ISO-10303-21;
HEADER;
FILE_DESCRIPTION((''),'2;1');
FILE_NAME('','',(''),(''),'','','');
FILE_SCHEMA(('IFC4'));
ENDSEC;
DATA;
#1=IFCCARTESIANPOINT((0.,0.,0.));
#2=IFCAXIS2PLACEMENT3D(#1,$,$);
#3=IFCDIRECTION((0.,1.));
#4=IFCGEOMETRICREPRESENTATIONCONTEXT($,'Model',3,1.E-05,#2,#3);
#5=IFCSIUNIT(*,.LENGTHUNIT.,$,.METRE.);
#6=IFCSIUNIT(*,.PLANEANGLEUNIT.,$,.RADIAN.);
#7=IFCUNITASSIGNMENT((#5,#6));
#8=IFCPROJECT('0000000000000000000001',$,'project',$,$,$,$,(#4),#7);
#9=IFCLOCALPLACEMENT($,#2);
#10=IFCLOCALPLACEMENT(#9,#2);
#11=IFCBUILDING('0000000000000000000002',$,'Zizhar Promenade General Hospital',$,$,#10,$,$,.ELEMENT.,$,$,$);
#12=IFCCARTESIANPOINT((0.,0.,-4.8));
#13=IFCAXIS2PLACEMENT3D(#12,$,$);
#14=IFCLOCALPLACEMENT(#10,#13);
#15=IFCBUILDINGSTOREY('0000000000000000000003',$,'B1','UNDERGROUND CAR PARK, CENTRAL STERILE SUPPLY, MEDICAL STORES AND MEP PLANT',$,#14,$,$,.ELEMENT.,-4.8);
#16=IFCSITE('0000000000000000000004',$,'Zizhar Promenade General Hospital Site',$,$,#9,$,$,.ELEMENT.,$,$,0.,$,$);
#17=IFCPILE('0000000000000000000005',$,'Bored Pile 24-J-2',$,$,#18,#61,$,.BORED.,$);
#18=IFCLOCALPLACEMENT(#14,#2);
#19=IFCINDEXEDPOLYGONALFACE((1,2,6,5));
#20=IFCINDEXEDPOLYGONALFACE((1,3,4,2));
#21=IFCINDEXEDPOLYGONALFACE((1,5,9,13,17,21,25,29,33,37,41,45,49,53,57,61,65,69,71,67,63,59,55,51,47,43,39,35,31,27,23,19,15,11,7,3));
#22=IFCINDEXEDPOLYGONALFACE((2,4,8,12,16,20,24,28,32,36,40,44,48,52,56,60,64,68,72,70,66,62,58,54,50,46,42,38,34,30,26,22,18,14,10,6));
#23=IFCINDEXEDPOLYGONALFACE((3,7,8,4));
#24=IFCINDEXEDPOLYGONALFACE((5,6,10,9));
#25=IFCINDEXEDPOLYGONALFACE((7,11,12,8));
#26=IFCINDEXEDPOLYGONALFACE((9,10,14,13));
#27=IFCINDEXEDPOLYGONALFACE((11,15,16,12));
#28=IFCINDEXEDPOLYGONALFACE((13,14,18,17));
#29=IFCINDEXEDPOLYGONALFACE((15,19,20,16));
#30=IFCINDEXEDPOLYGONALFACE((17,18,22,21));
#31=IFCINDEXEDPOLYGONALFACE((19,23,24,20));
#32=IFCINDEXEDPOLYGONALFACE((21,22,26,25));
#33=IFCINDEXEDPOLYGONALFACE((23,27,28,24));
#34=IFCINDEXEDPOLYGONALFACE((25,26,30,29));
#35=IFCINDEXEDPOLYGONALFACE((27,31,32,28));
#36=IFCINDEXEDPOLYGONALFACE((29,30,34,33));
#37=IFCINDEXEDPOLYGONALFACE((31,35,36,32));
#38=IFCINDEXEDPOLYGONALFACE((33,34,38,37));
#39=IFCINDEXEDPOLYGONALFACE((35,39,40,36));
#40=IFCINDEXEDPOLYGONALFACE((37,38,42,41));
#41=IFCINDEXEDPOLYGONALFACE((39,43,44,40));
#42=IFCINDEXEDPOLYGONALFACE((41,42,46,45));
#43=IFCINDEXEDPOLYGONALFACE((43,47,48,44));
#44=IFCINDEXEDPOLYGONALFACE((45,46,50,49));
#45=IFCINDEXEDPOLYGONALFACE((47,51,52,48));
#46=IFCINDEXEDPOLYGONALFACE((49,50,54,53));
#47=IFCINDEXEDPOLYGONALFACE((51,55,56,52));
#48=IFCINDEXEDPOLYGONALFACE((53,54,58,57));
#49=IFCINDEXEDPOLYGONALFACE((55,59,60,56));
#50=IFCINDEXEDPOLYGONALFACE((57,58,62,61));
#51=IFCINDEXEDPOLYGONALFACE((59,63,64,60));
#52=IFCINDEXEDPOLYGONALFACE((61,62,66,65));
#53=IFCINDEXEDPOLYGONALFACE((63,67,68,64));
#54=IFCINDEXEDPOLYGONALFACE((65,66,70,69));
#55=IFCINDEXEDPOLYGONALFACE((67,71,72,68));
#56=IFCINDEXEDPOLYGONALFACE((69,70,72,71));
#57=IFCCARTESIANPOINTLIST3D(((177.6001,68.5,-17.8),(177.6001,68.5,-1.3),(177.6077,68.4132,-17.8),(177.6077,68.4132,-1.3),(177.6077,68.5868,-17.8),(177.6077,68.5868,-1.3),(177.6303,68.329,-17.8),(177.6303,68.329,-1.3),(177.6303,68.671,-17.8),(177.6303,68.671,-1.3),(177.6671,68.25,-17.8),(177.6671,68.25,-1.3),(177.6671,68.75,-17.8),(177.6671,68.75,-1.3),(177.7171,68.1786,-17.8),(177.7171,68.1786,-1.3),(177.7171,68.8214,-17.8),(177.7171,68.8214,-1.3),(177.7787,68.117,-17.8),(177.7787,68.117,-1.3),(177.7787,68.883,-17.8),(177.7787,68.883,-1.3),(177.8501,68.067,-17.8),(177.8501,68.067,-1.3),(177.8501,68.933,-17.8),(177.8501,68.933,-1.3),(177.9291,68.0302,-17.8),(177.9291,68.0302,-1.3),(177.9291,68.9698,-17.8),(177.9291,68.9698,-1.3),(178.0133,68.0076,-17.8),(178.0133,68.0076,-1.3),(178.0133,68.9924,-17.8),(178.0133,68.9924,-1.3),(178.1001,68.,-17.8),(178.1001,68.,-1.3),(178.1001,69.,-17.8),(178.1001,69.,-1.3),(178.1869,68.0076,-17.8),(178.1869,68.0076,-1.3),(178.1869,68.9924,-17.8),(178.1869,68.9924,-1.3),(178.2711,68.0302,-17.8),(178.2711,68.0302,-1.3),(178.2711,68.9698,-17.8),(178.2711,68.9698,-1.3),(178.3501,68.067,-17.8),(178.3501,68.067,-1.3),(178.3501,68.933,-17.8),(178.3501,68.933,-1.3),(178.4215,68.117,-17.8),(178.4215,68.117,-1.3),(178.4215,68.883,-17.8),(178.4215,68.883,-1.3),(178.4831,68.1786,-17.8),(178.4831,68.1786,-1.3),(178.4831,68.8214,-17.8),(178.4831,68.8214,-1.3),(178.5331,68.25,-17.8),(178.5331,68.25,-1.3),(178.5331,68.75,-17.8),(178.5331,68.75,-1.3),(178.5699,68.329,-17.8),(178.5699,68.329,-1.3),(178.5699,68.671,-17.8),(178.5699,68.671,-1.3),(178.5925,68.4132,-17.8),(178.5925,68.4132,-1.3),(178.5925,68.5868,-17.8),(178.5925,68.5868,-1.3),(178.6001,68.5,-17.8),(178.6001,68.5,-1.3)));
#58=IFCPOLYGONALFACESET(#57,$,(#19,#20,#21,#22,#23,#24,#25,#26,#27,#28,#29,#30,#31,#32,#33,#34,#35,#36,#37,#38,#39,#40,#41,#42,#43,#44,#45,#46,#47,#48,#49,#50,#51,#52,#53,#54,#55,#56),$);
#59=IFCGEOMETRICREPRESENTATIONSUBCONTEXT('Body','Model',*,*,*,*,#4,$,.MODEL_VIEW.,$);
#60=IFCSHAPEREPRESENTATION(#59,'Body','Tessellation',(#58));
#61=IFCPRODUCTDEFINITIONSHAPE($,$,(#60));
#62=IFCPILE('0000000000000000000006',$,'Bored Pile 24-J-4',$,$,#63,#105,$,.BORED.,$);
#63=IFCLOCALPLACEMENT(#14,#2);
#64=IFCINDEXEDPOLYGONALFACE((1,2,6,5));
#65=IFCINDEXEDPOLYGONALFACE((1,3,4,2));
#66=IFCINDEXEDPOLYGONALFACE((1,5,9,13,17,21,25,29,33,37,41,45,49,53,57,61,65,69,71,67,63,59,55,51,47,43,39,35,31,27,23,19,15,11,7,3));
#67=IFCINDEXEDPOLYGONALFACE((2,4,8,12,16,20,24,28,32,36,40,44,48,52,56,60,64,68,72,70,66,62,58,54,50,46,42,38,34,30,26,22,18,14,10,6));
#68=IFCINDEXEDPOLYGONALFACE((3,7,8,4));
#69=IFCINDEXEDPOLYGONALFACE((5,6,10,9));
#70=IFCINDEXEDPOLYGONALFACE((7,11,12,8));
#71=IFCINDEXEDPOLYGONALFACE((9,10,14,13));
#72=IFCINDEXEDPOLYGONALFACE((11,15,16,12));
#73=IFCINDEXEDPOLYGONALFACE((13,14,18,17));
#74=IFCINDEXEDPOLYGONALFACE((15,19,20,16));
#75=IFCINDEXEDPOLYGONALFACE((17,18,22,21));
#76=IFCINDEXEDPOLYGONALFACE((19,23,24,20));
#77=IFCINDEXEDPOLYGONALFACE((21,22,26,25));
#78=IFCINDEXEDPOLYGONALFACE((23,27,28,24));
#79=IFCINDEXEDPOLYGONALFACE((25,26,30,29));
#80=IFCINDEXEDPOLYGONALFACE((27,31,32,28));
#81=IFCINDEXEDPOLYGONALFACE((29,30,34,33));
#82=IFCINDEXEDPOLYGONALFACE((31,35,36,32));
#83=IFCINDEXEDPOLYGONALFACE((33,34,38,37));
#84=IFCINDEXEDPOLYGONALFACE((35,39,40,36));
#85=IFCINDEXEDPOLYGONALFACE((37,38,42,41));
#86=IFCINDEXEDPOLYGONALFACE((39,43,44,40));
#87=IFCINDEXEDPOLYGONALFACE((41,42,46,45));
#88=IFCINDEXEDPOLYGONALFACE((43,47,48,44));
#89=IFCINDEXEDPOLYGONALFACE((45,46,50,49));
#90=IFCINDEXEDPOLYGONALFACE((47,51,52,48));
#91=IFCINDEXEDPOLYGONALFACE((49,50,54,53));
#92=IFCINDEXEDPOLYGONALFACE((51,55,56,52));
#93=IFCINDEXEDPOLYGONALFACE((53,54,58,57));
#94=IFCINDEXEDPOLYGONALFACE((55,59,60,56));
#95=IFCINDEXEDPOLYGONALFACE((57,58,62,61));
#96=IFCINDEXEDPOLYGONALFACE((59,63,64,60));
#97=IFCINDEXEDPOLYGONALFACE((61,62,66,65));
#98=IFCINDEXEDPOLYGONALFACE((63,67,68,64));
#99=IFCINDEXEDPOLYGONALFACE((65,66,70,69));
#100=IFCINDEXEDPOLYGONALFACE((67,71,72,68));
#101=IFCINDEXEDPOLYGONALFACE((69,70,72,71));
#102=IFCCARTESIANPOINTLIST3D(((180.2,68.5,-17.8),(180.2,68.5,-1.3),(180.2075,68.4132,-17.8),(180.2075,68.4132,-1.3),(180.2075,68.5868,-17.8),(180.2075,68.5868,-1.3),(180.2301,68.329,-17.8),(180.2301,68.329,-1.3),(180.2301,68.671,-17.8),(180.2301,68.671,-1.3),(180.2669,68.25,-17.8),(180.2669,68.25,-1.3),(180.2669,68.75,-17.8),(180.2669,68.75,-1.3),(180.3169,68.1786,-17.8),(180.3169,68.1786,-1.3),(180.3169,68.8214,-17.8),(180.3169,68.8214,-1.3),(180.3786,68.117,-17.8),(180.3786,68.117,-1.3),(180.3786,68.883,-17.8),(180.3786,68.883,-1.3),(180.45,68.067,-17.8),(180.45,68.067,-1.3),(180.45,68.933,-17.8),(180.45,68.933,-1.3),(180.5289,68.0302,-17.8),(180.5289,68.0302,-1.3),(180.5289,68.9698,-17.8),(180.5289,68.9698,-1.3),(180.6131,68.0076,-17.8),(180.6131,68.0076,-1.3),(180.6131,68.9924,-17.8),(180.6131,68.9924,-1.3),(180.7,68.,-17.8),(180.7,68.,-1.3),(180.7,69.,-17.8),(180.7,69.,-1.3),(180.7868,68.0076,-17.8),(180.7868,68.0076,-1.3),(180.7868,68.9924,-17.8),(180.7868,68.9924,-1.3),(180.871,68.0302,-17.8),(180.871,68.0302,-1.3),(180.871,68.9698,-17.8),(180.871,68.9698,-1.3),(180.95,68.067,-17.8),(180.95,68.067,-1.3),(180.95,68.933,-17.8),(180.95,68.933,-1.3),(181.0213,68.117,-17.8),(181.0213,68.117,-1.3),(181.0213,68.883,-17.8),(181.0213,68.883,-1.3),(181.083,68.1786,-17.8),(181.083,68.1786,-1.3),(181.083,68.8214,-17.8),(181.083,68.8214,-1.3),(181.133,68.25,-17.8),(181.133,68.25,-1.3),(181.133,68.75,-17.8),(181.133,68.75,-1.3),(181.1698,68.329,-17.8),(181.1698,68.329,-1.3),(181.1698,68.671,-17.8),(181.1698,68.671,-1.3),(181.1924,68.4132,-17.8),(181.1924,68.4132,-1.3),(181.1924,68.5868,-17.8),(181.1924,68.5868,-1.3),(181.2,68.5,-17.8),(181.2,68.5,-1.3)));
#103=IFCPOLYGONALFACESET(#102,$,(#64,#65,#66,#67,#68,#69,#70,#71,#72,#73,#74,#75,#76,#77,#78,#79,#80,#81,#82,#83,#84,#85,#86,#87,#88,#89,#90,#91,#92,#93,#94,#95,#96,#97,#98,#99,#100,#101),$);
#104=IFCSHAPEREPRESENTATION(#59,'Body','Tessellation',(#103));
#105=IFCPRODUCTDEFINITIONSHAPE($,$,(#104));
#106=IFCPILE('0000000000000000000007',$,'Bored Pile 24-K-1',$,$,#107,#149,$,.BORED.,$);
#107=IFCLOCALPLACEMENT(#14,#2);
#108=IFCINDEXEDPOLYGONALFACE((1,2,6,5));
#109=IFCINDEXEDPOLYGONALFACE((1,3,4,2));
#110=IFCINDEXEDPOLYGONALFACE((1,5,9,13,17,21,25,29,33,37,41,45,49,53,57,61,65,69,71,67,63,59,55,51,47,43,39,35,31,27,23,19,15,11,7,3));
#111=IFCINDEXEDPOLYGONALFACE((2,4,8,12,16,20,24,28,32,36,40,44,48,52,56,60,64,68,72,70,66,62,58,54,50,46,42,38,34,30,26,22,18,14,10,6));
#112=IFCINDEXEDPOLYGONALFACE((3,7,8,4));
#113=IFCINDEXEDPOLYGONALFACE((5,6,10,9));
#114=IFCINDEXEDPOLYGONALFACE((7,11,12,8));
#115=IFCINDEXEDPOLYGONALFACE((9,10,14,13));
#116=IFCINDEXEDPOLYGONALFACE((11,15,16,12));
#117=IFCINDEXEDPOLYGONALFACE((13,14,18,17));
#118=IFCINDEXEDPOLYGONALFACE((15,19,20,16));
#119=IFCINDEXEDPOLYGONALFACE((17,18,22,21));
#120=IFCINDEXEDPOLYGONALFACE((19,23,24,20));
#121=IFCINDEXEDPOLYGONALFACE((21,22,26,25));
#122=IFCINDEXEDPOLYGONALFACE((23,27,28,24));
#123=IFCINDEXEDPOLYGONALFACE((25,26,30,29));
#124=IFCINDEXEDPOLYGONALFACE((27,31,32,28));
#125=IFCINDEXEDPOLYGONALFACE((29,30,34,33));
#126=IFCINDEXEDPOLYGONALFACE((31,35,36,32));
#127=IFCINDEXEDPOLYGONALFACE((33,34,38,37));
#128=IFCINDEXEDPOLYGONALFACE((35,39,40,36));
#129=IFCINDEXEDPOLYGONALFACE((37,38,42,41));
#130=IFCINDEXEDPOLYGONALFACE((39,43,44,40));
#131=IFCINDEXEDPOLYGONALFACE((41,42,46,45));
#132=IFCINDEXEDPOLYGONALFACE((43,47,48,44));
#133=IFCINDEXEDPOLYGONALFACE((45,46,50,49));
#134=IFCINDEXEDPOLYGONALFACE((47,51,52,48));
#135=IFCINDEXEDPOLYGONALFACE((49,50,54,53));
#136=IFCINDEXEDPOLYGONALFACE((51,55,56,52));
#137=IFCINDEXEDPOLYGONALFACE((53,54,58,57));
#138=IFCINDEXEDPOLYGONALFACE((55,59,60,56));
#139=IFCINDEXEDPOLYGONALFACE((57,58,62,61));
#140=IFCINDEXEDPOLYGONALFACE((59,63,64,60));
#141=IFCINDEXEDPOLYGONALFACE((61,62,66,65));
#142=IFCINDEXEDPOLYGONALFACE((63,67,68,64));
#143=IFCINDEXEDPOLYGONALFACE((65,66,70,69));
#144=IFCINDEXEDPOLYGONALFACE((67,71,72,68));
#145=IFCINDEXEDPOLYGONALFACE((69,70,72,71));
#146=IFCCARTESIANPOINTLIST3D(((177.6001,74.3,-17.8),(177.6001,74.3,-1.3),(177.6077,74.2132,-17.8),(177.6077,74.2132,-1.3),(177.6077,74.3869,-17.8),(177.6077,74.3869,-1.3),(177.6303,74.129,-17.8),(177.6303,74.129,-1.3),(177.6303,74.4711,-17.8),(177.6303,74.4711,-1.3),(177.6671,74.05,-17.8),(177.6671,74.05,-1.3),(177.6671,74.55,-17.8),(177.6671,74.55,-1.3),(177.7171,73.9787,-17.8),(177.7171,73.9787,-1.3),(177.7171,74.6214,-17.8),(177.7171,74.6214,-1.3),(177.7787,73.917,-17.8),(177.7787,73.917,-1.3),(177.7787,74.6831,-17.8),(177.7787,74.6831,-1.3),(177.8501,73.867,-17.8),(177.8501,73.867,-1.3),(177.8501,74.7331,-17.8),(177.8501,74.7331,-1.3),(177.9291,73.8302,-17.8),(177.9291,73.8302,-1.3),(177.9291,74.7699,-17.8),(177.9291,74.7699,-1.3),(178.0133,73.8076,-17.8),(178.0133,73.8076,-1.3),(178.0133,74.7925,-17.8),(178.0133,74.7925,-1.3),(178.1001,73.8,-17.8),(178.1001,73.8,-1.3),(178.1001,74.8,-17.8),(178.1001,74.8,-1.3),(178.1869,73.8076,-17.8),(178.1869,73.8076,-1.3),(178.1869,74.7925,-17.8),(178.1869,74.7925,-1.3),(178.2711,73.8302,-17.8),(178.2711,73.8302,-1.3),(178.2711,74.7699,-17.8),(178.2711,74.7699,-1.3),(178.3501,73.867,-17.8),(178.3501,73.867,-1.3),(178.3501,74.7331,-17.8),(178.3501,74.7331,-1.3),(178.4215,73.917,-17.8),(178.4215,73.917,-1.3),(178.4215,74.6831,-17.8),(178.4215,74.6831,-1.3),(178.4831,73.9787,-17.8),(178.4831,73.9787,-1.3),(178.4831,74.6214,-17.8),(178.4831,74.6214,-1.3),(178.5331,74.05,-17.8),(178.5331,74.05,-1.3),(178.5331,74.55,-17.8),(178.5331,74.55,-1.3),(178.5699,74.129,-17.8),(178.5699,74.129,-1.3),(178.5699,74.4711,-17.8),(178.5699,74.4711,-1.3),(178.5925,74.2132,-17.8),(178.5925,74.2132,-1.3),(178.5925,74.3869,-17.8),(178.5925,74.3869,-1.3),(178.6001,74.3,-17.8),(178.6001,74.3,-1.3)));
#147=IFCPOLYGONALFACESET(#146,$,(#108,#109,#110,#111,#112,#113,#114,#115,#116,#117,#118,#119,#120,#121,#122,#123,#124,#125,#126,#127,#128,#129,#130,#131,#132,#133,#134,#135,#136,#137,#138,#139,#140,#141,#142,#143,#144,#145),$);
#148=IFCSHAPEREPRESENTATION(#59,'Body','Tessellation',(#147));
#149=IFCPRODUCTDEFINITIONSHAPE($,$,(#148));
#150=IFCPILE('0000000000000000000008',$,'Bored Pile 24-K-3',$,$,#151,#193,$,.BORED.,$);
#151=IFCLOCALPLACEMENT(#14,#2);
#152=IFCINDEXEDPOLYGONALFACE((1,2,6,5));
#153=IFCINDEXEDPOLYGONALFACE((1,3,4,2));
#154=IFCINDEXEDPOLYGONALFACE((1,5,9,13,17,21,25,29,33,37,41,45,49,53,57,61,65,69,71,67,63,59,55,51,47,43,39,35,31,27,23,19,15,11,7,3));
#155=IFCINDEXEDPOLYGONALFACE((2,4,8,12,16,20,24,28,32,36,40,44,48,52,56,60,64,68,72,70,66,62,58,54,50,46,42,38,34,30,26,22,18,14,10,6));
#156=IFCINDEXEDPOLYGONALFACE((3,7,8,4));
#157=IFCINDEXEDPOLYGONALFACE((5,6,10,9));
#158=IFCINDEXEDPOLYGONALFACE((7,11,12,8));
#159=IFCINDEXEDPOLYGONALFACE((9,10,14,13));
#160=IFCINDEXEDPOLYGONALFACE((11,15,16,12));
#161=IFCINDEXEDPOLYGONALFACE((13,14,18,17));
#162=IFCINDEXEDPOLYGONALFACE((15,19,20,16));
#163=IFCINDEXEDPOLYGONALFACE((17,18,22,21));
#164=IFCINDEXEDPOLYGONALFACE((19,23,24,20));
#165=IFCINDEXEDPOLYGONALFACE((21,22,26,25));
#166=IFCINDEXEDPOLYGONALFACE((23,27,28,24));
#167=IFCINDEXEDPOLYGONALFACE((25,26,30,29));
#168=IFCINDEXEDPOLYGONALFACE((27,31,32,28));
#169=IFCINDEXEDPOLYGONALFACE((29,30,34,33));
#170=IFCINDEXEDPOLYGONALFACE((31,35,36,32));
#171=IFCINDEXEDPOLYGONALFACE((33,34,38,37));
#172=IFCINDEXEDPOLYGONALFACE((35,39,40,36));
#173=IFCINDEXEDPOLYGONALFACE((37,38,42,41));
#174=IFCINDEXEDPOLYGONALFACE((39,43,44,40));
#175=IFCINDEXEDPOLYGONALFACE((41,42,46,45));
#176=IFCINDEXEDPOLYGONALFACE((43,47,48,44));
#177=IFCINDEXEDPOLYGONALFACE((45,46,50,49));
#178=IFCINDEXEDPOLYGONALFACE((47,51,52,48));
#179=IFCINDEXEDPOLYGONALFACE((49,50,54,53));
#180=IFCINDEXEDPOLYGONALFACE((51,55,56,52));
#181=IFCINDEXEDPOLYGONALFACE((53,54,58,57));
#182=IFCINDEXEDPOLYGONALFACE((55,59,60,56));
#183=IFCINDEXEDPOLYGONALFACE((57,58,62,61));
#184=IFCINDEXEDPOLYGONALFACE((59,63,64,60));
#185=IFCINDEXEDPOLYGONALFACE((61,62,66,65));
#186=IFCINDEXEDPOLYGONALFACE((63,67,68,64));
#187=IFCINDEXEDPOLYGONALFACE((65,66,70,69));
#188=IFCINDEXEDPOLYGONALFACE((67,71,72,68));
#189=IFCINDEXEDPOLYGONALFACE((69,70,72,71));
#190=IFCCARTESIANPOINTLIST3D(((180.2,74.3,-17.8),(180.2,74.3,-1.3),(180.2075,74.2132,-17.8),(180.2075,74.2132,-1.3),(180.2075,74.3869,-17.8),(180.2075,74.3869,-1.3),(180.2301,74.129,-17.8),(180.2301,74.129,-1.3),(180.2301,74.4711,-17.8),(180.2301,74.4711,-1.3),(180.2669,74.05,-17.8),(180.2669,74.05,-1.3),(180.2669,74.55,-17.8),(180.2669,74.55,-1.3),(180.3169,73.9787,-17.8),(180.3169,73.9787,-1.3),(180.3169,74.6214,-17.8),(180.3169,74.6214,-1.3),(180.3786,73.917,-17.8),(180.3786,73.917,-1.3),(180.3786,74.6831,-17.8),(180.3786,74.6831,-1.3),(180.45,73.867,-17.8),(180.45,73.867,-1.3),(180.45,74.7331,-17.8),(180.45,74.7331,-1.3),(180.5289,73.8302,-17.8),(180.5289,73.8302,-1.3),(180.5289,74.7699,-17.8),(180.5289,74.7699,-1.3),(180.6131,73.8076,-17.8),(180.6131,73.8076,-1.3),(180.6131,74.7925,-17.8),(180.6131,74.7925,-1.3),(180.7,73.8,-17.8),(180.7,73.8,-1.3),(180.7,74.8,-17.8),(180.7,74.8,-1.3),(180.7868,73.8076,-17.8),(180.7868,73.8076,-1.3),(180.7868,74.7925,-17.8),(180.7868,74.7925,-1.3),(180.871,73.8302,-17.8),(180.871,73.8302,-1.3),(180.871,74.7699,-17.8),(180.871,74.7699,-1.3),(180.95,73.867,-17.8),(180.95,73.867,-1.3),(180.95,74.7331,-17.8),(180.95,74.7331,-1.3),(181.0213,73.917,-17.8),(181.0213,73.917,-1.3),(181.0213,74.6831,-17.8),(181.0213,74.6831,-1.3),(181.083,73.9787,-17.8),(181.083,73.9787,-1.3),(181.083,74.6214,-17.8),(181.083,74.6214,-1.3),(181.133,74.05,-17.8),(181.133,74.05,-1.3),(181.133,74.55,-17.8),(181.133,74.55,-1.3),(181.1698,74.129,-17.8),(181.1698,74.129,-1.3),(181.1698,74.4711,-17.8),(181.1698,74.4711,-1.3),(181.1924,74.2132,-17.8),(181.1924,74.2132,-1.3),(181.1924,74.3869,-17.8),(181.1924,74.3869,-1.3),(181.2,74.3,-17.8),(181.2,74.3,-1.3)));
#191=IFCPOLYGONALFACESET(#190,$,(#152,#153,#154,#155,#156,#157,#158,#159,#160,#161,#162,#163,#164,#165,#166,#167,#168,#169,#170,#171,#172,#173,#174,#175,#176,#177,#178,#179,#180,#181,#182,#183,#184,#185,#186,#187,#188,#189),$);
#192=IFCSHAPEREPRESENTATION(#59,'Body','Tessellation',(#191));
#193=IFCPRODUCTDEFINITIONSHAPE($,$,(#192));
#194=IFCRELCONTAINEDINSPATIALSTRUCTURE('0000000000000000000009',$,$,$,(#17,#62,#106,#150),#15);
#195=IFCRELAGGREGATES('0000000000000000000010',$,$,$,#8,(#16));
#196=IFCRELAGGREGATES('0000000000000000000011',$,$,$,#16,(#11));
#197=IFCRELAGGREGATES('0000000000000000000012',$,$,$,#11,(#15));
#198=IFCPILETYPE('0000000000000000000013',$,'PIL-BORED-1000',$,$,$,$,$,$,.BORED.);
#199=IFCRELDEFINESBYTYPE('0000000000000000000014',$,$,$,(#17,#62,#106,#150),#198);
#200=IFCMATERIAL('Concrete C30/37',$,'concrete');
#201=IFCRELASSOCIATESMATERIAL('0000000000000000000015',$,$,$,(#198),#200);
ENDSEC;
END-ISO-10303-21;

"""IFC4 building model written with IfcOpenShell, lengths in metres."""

from ifc_helpers import new_model, si_unit, direction, frame, origin, origin_2d, place, context, subcontext, project, spatial, circle, extrude, material, material_profile, profile_set, type_object, element, save


model = new_model("IFC4")

# Units and contexts
model_context = context("Model", 3, precision=1e-05, world=origin(), true_north=direction((0.0, 1.0)))
body_context = subcontext(model_context, "Body", "Model", "MODEL_VIEW")
ifc_project = project(units=[si_unit("LENGTHUNIT", "METRE"), si_unit("PLANEANGLEUNIT", "RADIAN")], contexts=[model_context])

# Site, building, storey
site_placement = place(None, origin())
site = spatial("IfcSite", under=ifc_project, at=site_placement, Name="Zizhar Promenade General Hospital Site", CompositionType="ELEMENT", RefElevation=0.0)
building_placement = place(site_placement, origin())
building = spatial("IfcBuilding", under=site, at=building_placement, Name="Zizhar Promenade General Hospital", CompositionType="ELEMENT")
storey_placement = place(building_placement, frame((0.0, 0.0, -4.8)))
storey = spatial("IfcBuildingStorey", under=building, at=storey_placement, Name="B1", Description="UNDERGROUND CAR PARK, CENTRAL STERILE SUPPLY, MEDICAL STORES AND MEP PLANT", CompositionType="ELEMENT", Elevation=-4.8)

# Piles
ifc_material_1 = material(Name="Concrete C30/37", Category="concrete")
ifc_material_profile_1 = material_profile(ifc_material_1, circle(Radius=0.5, at=origin_2d()))
ifc_profile_set_1 = profile_set([ifc_material_profile_1], Name="Concrete C30/37")
pile_type = type_object("IfcPileType", Name="PIL-BORED-1000", PredefinedType="BORED", material=ifc_profile_set_1)
for number, where, z_axis, x_axis, name in (
    (1, (178.1001, 68.5, -1.3), (0.0, 0.0, -1.0), (1.0, 0.0, 0.0), "Bored Pile 24-J-2"),
    (2, (180.7, 68.5, -1.3), (0.0, 0.0, -1.0), (1.0, 0.0, 0.0), "Bored Pile 24-J-4"),
    (3, (178.1001, 74.3, -1.3), (0.0, 0.0, -1.0), (1.0, 0.0, 0.0), "Bored Pile 24-K-1"),
    (4, (180.7, 74.3, -1.3), (0.0, 0.0, -1.0), (1.0, 0.0, 0.0), "Bored Pile 24-K-3"),
):
    element("IfcPile", number, at=place(storey_placement, frame(where, z_axis=z_axis, x_axis=x_axis)), inside=storey, type_object=pile_type, Name=name, PredefinedType="BORED", context=body_context, shape_type="SweptSolid", body=[
        extrude(circle(Radius=0.5, at=origin_2d()), origin(), (0.0, 0.0, 1.0), 16.5),
    ])

save(model, "model.ifc")
